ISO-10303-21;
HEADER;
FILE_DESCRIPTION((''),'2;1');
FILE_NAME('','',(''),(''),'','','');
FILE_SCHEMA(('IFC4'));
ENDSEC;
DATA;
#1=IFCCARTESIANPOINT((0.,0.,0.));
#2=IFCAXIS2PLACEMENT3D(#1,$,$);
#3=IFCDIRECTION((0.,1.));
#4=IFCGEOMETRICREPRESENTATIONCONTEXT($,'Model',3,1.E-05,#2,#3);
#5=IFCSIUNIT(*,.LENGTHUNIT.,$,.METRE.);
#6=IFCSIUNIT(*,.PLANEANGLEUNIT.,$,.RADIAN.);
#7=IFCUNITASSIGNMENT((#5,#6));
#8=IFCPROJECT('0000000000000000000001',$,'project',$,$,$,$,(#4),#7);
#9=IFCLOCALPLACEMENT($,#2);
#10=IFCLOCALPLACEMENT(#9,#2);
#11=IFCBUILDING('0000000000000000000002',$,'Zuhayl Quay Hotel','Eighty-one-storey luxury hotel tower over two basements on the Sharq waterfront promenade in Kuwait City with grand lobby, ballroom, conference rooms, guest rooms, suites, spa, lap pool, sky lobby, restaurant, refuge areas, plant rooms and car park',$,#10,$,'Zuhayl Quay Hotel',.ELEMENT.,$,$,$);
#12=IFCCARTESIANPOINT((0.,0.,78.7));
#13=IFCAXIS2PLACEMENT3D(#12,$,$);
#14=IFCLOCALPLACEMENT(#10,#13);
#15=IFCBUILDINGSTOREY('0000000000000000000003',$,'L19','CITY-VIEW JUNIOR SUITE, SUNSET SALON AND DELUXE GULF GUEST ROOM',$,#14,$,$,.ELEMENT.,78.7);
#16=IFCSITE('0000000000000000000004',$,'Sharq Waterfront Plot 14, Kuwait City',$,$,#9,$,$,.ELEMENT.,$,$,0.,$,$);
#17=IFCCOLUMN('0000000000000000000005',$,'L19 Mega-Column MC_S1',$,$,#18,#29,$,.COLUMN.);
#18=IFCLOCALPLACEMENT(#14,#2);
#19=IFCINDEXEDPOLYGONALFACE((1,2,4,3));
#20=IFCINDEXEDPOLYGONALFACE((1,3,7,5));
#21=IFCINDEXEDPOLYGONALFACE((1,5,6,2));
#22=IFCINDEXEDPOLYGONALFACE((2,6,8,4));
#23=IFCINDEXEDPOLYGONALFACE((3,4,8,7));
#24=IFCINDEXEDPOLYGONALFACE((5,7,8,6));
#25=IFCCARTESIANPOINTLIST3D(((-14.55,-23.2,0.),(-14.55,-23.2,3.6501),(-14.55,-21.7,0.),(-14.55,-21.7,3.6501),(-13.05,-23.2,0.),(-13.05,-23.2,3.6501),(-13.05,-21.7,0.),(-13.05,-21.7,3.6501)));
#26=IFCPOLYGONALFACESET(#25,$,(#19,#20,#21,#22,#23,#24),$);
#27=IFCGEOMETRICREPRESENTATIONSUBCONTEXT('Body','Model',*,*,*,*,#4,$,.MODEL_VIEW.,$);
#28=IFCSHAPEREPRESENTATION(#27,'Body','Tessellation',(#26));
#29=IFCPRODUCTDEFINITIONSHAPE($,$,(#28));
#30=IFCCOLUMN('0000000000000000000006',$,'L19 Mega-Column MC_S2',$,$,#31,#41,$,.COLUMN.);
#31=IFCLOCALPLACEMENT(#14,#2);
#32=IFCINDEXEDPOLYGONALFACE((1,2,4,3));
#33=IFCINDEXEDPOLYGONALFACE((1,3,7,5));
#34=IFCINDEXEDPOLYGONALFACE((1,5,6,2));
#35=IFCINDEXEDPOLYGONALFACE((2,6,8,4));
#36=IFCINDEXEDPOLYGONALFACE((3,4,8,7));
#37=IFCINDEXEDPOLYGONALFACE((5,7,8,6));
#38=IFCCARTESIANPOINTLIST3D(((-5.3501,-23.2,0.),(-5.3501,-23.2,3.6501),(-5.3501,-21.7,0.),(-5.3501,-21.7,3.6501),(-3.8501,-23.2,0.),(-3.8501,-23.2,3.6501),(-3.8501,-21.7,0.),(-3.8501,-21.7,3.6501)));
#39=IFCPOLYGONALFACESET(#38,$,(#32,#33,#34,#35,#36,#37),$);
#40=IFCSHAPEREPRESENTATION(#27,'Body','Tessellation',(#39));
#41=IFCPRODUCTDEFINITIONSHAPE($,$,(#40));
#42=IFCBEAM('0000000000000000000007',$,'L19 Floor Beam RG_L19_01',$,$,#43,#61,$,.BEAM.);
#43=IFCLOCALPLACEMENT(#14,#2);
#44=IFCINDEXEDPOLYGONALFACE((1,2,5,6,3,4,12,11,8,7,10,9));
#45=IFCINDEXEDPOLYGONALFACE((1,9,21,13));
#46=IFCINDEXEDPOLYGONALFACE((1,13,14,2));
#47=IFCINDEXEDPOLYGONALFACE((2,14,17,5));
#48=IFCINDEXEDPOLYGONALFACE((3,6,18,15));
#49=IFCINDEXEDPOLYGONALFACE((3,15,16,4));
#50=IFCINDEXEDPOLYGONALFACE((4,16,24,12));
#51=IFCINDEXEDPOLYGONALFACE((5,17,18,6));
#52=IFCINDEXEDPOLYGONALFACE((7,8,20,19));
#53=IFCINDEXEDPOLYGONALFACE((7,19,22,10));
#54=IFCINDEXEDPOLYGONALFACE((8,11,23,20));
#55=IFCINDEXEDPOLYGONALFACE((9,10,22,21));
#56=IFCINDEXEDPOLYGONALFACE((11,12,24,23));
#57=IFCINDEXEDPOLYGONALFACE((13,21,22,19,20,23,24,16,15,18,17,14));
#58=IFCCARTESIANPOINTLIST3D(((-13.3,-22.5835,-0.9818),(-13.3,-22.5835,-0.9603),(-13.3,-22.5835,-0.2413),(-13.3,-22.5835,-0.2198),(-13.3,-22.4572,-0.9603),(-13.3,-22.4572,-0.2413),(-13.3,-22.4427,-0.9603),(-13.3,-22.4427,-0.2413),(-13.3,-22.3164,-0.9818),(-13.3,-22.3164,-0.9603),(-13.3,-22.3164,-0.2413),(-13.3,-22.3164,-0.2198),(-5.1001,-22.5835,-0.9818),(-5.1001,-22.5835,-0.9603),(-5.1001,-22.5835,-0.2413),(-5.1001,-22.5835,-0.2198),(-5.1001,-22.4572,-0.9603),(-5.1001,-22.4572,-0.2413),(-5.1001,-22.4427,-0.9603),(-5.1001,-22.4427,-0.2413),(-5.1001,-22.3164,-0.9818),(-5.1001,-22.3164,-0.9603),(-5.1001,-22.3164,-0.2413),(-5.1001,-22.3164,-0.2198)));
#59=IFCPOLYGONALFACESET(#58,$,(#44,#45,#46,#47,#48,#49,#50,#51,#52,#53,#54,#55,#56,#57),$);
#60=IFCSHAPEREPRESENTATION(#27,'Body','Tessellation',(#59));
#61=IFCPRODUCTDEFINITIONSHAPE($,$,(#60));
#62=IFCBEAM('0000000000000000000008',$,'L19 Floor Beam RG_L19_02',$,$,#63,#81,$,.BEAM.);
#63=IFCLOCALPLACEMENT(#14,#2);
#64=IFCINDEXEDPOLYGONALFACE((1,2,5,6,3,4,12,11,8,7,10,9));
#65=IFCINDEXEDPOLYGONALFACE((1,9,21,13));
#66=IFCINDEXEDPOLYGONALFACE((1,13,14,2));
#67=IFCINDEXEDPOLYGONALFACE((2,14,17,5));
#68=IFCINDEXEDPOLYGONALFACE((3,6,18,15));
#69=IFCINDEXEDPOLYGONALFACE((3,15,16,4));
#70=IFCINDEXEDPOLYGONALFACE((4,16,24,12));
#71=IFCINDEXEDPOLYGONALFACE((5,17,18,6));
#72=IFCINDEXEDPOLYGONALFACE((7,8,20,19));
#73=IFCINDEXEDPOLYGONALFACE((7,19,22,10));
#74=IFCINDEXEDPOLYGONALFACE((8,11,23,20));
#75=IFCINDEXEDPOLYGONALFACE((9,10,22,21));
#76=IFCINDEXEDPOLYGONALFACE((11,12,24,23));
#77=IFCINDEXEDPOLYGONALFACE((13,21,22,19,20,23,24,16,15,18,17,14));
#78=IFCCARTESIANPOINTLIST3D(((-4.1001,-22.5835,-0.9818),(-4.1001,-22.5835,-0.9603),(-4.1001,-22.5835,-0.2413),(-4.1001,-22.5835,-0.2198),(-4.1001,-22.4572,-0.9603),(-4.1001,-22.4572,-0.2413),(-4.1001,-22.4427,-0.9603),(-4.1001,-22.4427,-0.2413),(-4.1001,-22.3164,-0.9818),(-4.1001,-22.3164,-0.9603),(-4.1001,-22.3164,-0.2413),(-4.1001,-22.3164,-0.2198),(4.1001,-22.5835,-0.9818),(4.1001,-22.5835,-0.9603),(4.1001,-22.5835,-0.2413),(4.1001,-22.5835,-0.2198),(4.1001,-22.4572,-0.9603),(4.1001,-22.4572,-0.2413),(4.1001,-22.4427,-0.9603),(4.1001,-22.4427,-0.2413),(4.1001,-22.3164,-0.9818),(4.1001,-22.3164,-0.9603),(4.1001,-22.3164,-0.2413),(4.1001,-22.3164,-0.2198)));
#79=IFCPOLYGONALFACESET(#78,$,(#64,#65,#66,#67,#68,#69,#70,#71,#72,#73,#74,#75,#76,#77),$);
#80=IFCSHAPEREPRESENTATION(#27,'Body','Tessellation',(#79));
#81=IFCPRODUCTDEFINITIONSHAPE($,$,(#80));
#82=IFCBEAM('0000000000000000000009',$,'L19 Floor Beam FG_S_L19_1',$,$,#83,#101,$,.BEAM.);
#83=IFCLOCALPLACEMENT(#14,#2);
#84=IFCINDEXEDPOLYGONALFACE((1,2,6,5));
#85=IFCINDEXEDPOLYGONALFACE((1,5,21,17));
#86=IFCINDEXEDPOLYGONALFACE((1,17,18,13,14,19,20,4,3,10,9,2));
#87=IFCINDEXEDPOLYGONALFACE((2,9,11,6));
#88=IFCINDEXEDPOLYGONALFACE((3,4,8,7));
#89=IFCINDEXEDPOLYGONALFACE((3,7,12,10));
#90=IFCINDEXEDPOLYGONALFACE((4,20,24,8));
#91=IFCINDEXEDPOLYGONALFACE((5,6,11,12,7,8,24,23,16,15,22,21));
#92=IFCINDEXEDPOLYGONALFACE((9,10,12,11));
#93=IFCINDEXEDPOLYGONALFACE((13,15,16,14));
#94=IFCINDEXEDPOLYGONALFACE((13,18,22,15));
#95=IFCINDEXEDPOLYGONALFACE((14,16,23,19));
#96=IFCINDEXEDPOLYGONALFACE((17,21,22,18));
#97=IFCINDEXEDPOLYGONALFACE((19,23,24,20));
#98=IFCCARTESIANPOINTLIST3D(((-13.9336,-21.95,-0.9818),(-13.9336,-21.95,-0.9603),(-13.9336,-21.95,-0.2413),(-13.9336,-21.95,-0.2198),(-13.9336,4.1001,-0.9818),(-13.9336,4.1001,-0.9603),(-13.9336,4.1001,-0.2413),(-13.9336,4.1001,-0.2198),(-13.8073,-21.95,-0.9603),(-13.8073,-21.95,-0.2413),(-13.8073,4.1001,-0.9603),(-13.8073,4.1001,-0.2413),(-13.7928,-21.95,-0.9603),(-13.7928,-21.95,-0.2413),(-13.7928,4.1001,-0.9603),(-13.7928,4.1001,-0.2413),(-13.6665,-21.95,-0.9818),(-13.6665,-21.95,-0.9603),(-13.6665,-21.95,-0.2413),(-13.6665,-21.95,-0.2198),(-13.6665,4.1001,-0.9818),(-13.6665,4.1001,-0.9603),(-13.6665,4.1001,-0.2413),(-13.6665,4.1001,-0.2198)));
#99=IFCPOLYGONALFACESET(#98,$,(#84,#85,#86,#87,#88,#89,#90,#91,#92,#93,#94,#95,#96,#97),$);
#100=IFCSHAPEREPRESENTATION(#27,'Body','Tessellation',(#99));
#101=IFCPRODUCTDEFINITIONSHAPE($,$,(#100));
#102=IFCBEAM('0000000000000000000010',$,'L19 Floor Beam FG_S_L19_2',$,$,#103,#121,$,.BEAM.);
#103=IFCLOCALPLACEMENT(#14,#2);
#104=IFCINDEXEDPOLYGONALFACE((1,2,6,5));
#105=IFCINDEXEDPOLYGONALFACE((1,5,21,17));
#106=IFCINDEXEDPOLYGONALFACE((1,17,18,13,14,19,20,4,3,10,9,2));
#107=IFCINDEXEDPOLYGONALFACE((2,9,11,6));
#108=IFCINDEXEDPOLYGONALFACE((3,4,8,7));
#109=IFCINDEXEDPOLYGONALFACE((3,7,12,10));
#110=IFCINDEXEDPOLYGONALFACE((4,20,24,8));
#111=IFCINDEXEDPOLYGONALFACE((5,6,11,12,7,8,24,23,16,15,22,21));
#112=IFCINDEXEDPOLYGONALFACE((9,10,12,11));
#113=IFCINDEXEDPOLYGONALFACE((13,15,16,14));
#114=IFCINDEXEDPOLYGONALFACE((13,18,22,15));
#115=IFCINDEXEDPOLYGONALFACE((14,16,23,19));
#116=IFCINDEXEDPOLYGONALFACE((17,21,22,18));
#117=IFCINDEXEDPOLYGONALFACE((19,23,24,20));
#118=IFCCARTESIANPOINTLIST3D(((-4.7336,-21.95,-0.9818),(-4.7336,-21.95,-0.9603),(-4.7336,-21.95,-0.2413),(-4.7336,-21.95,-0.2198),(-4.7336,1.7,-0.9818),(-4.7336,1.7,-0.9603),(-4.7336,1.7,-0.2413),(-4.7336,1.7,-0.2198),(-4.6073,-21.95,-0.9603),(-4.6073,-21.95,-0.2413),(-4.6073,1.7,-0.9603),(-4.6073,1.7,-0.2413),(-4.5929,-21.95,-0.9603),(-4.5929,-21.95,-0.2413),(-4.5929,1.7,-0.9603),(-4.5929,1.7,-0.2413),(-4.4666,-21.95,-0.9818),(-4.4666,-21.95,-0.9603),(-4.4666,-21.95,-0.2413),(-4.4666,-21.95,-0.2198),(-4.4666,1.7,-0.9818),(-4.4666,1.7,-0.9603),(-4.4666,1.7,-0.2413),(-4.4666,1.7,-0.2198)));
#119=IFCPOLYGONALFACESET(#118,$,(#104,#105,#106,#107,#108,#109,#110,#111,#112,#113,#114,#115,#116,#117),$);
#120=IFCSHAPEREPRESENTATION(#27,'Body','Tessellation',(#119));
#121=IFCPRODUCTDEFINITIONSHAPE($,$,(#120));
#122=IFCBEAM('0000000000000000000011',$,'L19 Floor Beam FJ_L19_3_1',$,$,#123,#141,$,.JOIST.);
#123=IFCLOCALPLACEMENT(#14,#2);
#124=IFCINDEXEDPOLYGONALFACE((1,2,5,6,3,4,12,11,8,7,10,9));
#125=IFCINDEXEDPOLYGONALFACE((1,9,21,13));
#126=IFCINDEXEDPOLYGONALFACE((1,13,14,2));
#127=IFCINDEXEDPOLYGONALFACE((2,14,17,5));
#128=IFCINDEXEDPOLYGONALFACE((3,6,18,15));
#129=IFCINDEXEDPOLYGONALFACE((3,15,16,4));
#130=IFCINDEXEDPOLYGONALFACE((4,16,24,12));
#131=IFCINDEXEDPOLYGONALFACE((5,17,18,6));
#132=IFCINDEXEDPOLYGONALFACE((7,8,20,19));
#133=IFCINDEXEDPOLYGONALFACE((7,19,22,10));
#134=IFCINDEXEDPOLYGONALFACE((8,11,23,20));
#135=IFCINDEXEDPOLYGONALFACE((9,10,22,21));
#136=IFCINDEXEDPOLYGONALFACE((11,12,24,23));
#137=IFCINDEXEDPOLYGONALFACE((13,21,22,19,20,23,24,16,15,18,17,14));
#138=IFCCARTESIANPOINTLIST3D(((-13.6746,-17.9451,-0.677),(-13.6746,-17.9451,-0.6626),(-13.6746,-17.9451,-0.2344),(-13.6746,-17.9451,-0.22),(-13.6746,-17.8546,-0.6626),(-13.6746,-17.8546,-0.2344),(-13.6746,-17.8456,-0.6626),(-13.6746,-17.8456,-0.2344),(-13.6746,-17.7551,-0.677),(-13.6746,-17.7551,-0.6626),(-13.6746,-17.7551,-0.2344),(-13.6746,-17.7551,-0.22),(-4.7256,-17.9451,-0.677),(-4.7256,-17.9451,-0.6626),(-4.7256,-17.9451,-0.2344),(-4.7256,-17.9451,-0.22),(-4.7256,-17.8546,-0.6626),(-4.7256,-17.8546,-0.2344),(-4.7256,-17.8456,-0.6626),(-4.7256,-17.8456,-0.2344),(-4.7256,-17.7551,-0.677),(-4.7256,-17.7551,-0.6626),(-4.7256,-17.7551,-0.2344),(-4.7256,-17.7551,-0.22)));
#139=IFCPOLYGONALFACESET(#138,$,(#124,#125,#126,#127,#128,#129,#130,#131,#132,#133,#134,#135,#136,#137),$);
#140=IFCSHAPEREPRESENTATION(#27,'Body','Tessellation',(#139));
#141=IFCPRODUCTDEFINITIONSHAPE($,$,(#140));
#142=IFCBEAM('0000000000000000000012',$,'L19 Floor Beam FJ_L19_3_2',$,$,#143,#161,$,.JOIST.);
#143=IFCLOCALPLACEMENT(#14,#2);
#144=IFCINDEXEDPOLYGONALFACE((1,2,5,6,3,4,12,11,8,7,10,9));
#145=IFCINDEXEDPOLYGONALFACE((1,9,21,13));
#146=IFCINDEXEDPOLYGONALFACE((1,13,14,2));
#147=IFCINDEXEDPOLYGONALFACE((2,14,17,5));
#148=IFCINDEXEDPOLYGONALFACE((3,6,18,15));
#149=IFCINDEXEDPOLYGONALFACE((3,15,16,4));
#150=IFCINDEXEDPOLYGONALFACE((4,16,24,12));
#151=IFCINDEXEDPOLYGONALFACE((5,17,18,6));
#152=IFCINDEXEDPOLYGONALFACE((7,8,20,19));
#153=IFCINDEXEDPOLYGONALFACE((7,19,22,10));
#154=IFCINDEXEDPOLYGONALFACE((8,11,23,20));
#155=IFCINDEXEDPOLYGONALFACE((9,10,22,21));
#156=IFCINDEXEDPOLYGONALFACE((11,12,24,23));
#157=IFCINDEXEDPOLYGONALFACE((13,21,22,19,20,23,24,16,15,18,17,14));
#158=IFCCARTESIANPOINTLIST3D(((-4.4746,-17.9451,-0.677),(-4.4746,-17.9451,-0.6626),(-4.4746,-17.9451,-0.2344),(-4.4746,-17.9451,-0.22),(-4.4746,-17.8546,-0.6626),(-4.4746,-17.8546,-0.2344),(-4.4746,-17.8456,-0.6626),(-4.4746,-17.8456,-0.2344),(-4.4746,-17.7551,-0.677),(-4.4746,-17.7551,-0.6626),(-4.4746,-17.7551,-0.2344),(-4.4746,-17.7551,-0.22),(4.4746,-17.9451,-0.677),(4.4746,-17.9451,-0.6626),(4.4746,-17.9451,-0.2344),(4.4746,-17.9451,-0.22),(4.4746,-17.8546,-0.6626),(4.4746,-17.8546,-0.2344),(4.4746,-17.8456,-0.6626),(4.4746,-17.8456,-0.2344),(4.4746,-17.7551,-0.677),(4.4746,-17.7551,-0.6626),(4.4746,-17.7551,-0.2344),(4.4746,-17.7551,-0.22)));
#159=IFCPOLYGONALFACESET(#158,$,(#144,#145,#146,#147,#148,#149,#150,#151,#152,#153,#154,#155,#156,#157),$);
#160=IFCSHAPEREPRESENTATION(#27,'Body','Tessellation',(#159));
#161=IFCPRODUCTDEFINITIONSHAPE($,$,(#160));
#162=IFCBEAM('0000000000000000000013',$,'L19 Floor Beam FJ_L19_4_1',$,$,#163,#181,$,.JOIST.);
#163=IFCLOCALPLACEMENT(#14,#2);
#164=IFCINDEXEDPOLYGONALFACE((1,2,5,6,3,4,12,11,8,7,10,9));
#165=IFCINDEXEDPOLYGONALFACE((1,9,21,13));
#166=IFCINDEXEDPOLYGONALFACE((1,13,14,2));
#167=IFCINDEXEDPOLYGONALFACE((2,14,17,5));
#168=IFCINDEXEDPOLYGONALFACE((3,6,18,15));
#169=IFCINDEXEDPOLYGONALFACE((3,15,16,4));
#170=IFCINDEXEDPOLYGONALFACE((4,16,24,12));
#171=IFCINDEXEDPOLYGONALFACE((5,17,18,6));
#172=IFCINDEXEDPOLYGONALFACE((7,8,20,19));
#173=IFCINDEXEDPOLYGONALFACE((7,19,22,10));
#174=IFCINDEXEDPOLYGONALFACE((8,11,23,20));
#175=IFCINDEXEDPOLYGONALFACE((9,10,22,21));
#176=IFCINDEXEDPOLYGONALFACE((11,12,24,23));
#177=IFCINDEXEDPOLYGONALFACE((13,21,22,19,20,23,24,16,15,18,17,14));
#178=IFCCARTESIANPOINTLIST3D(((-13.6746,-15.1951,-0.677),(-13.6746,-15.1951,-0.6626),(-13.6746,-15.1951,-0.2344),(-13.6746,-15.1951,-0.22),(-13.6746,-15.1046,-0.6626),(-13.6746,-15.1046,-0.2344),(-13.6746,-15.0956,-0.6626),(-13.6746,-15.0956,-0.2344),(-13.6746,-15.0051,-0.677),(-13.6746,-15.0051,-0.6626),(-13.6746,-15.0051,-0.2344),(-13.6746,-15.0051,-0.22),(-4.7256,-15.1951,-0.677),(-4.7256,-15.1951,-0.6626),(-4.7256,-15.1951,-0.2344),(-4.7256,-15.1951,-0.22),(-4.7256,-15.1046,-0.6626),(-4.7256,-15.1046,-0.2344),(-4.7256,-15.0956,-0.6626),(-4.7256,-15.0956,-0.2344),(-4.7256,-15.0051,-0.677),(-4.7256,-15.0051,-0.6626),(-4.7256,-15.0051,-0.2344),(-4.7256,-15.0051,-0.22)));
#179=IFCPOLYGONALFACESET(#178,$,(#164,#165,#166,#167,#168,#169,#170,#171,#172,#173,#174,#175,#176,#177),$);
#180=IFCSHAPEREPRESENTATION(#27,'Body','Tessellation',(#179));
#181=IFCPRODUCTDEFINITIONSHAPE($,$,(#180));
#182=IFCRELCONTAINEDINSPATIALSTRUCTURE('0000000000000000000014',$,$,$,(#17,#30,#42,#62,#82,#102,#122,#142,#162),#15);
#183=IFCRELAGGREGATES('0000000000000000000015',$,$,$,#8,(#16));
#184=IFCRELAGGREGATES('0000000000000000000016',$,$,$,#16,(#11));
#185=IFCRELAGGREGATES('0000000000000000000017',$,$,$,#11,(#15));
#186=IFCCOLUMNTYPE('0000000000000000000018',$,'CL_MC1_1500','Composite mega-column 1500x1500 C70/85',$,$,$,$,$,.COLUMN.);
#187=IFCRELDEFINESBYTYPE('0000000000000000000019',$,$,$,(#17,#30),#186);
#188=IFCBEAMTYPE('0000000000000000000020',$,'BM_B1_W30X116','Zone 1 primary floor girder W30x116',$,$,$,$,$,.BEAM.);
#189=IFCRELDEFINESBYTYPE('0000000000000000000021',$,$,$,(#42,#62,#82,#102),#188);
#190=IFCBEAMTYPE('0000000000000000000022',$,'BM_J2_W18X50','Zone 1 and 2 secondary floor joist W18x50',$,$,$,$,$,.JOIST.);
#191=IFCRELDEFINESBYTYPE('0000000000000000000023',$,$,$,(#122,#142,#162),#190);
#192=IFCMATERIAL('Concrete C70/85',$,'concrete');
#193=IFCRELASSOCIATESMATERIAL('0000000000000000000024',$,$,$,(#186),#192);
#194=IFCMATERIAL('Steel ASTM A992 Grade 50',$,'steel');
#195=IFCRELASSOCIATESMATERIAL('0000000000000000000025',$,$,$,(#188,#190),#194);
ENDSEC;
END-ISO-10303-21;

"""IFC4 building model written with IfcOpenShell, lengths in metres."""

from ifc_helpers import new_model, si_unit, direction, frame, origin, origin_2d, place, context, subcontext, project, spatial, rectangle, i_section, extrude, material, material_profile, profile_set, type_object, element, save


model = new_model("IFC4")

# Units and contexts
model_context = context("Model", 3, precision=1e-05, world=origin(), true_north=direction((0.0, 1.0)))
body_context = subcontext(model_context, "Body", "Model", "MODEL_VIEW")
ifc_project = project(units=[si_unit("LENGTHUNIT", "METRE"), si_unit("PLANEANGLEUNIT", "RADIAN")], contexts=[model_context])

# Site, building, storey
site_placement = place(None, origin())
site = spatial("IfcSite", under=ifc_project, at=site_placement, Name="Sharq Waterfront Plot 14, Kuwait City", CompositionType="ELEMENT", RefElevation=0.0)
building_placement = place(site_placement, origin())
building = spatial("IfcBuilding", under=site, at=building_placement, Name="Zuhayl Quay Hotel", Description="Eighty-one-storey luxury hotel tower over two basements on the Sharq waterfront promenade in Kuwait City with grand lobby, ballroom, conference rooms, guest rooms, suites, spa, lap pool, sky lobby, restaurant, refuge areas, plant rooms and car park", LongName="Zuhayl Quay Hotel", CompositionType="ELEMENT")
storey_placement = place(building_placement, frame((0.0, 0.0, 78.7)))
storey = spatial("IfcBuildingStorey", under=building, at=storey_placement, Name="L19", Description="CITY-VIEW JUNIOR SUITE, SUNSET SALON AND DELUXE GULF GUEST ROOM", CompositionType="ELEMENT", Elevation=78.7)

# Columns
ifc_material_1 = material(Name="Concrete C70/85", Category="concrete")
ifc_material_profile_1 = material_profile(ifc_material_1, rectangle(XDim=1.5, YDim=1.5, at=origin_2d()), Name="RC1500X1500")
ifc_profile_set_1 = profile_set([ifc_material_profile_1], Name="Concrete C70/85")
column_type = type_object("IfcColumnType", Name="CL_MC1_1500", Description="Composite mega-column 1500x1500 C70/85", PredefinedType="COLUMN", material=ifc_profile_set_1)
for number, where, z_axis, x_axis, name in (
    (1, (-13.8, -22.45, 0.0), (0.0, 0.0, 1.0), (1.0, 0.0, 0.0), "L19 Mega-Column MC_S1"),
    (2, (-4.6001, -22.45, 0.0), (0.0, 0.0, 1.0), (1.0, 0.0, 0.0), "L19 Mega-Column MC_S2"),
):
    element("IfcColumn", number, at=place(storey_placement, frame(where, z_axis=z_axis, x_axis=x_axis)), inside=storey, type_object=column_type, Name=name, PredefinedType="COLUMN", context=body_context, shape_type="SweptSolid", body=[
        extrude(rectangle(XDim=1.5, YDim=1.5, at=origin_2d()), origin(), (0.0, 0.0, 1.0), 3.6501),
    ])

# Beams
ifc_material_2 = material(Name="Steel ASTM A992 Grade 50", Category="steel")
ifc_material_profile_2 = material_profile(ifc_material_2, i_section(OverallWidth=0.2671, OverallDepth=0.762, WebThickness=0.0144, FlangeThickness=0.0215, at=origin_2d()), Name="W30X116")
ifc_profile_set_2 = profile_set([ifc_material_profile_2], Name="Steel ASTM A992 Grade 50")
beam_type_1 = type_object("IfcBeamType", Name="BM_B1_W30X116", Description="Zone 1 primary floor girder W30x116", PredefinedType="BEAM", material=ifc_profile_set_2)
beam_1_placement = place(storey_placement, frame((-13.3, -22.45, -0.6008), z_axis=(1.0, 0.0, 0.0), x_axis=(0.0, 1.0, 0.0)))
element("IfcBeam", 3, at=beam_1_placement, inside=storey, type_object=beam_type_1, Name="L19 Floor Beam RG_L19_01", PredefinedType="BEAM", context=body_context, shape_type="SweptSolid", body=[
    extrude(i_section(OverallWidth=0.2671, OverallDepth=0.762, WebThickness=0.0144, FlangeThickness=0.0215, at=origin_2d()), origin(), (0.0, 0.0, 1.0), 8.2),
])
beam_2_placement = place(storey_placement, frame((-4.1001, -22.45, -0.6008), z_axis=(1.0, 0.0, 0.0), x_axis=(0.0, 1.0, 0.0)))
element("IfcBeam", 4, at=beam_2_placement, inside=storey, type_object=beam_type_1, Name="L19 Floor Beam RG_L19_02", PredefinedType="BEAM", context=body_context, shape_type="SweptSolid", body=[
    extrude(i_section(OverallWidth=0.2671, OverallDepth=0.762, WebThickness=0.0144, FlangeThickness=0.0215, at=origin_2d()), origin(), (0.0, 0.0, 1.0), 8.2002),
])
beam_3_placement = place(storey_placement, frame((-13.8, -21.95, -0.6008), z_axis=(0.0, 1.0, 0.0), x_axis=(-1.0, 0.0, 0.0)))
element("IfcBeam", 5, at=beam_3_placement, inside=storey, type_object=beam_type_1, Name="L19 Floor Beam FG_S_L19_1", PredefinedType="BEAM", context=body_context, shape_type="SweptSolid", body=[
    extrude(i_section(OverallWidth=0.2671, OverallDepth=0.762, WebThickness=0.0144, FlangeThickness=0.0215, at=origin_2d()), origin(), (0.0, 0.0, 1.0), 26.05),
])
beam_4_placement = place(storey_placement, frame((-4.6001, -21.95, -0.6008), z_axis=(0.0, 1.0, 0.0), x_axis=(-1.0, 0.0, 0.0)))
element("IfcBeam", 6, at=beam_4_placement, inside=storey, type_object=beam_type_1, Name="L19 Floor Beam FG_S_L19_2", PredefinedType="BEAM", context=body_context, shape_type="SweptSolid", body=[
    extrude(i_section(OverallWidth=0.2671, OverallDepth=0.762, WebThickness=0.0144, FlangeThickness=0.0215, at=origin_2d()), origin(), (0.0, 0.0, 1.0), 23.6499),
])
ifc_material_profile_3 = material_profile(ifc_material_2, i_section(OverallWidth=0.1899, OverallDepth=0.457, WebThickness=0.009, FlangeThickness=0.0144, at=origin_2d()), Name="W18X50")
ifc_profile_set_3 = profile_set([ifc_material_profile_3], Name="Steel ASTM A992 Grade 50")
beam_type_2 = type_object("IfcBeamType", Name="BM_J2_W18X50", Description="Zone 1 and 2 secondary floor joist W18x50", PredefinedType="JOIST", material=ifc_profile_set_3)
beam_5_placement = place(storey_placement, frame((-13.6746, -17.8501, -0.4485), z_axis=(1.0, 0.0, 0.0), x_axis=(0.0, 1.0, 0.0)))
element("IfcBeam", 7, at=beam_5_placement, inside=storey, type_object=beam_type_2, Name="L19 Floor Beam FJ_L19_3_1", PredefinedType="JOIST", context=body_context, shape_type="SweptSolid", body=[
    extrude(i_section(OverallWidth=0.1899, OverallDepth=0.457, WebThickness=0.009, FlangeThickness=0.0144, at=origin_2d()), origin(), (0.0, 0.0, 1.0), 8.949),
])
beam_6_placement = place(storey_placement, frame((-4.4746, -17.8501, -0.4485), z_axis=(1.0, 0.0, 0.0), x_axis=(0.0, 1.0, 0.0)))
element("IfcBeam", 8, at=beam_6_placement, inside=storey, type_object=beam_type_2, Name="L19 Floor Beam FJ_L19_3_2", PredefinedType="JOIST", context=body_context, shape_type="SweptSolid", body=[
    extrude(i_section(OverallWidth=0.1899, OverallDepth=0.457, WebThickness=0.009, FlangeThickness=0.0144, at=origin_2d()), origin(), (0.0, 0.0, 1.0), 8.9492),
])
beam_7_placement = place(storey_placement, frame((-13.6746, -15.1001, -0.4485), z_axis=(1.0, 0.0, 0.0), x_axis=(0.0, 1.0, 0.0)))
element("IfcBeam", 9, at=beam_7_placement, inside=storey, type_object=beam_type_2, Name="L19 Floor Beam FJ_L19_4_1", PredefinedType="JOIST", context=body_context, shape_type="SweptSolid", body=[
    extrude(i_section(OverallWidth=0.1899, OverallDepth=0.457, WebThickness=0.009, FlangeThickness=0.0144, at=origin_2d()), origin(), (0.0, 0.0, 1.0), 8.949),
])

save(model, "model.ifc")
